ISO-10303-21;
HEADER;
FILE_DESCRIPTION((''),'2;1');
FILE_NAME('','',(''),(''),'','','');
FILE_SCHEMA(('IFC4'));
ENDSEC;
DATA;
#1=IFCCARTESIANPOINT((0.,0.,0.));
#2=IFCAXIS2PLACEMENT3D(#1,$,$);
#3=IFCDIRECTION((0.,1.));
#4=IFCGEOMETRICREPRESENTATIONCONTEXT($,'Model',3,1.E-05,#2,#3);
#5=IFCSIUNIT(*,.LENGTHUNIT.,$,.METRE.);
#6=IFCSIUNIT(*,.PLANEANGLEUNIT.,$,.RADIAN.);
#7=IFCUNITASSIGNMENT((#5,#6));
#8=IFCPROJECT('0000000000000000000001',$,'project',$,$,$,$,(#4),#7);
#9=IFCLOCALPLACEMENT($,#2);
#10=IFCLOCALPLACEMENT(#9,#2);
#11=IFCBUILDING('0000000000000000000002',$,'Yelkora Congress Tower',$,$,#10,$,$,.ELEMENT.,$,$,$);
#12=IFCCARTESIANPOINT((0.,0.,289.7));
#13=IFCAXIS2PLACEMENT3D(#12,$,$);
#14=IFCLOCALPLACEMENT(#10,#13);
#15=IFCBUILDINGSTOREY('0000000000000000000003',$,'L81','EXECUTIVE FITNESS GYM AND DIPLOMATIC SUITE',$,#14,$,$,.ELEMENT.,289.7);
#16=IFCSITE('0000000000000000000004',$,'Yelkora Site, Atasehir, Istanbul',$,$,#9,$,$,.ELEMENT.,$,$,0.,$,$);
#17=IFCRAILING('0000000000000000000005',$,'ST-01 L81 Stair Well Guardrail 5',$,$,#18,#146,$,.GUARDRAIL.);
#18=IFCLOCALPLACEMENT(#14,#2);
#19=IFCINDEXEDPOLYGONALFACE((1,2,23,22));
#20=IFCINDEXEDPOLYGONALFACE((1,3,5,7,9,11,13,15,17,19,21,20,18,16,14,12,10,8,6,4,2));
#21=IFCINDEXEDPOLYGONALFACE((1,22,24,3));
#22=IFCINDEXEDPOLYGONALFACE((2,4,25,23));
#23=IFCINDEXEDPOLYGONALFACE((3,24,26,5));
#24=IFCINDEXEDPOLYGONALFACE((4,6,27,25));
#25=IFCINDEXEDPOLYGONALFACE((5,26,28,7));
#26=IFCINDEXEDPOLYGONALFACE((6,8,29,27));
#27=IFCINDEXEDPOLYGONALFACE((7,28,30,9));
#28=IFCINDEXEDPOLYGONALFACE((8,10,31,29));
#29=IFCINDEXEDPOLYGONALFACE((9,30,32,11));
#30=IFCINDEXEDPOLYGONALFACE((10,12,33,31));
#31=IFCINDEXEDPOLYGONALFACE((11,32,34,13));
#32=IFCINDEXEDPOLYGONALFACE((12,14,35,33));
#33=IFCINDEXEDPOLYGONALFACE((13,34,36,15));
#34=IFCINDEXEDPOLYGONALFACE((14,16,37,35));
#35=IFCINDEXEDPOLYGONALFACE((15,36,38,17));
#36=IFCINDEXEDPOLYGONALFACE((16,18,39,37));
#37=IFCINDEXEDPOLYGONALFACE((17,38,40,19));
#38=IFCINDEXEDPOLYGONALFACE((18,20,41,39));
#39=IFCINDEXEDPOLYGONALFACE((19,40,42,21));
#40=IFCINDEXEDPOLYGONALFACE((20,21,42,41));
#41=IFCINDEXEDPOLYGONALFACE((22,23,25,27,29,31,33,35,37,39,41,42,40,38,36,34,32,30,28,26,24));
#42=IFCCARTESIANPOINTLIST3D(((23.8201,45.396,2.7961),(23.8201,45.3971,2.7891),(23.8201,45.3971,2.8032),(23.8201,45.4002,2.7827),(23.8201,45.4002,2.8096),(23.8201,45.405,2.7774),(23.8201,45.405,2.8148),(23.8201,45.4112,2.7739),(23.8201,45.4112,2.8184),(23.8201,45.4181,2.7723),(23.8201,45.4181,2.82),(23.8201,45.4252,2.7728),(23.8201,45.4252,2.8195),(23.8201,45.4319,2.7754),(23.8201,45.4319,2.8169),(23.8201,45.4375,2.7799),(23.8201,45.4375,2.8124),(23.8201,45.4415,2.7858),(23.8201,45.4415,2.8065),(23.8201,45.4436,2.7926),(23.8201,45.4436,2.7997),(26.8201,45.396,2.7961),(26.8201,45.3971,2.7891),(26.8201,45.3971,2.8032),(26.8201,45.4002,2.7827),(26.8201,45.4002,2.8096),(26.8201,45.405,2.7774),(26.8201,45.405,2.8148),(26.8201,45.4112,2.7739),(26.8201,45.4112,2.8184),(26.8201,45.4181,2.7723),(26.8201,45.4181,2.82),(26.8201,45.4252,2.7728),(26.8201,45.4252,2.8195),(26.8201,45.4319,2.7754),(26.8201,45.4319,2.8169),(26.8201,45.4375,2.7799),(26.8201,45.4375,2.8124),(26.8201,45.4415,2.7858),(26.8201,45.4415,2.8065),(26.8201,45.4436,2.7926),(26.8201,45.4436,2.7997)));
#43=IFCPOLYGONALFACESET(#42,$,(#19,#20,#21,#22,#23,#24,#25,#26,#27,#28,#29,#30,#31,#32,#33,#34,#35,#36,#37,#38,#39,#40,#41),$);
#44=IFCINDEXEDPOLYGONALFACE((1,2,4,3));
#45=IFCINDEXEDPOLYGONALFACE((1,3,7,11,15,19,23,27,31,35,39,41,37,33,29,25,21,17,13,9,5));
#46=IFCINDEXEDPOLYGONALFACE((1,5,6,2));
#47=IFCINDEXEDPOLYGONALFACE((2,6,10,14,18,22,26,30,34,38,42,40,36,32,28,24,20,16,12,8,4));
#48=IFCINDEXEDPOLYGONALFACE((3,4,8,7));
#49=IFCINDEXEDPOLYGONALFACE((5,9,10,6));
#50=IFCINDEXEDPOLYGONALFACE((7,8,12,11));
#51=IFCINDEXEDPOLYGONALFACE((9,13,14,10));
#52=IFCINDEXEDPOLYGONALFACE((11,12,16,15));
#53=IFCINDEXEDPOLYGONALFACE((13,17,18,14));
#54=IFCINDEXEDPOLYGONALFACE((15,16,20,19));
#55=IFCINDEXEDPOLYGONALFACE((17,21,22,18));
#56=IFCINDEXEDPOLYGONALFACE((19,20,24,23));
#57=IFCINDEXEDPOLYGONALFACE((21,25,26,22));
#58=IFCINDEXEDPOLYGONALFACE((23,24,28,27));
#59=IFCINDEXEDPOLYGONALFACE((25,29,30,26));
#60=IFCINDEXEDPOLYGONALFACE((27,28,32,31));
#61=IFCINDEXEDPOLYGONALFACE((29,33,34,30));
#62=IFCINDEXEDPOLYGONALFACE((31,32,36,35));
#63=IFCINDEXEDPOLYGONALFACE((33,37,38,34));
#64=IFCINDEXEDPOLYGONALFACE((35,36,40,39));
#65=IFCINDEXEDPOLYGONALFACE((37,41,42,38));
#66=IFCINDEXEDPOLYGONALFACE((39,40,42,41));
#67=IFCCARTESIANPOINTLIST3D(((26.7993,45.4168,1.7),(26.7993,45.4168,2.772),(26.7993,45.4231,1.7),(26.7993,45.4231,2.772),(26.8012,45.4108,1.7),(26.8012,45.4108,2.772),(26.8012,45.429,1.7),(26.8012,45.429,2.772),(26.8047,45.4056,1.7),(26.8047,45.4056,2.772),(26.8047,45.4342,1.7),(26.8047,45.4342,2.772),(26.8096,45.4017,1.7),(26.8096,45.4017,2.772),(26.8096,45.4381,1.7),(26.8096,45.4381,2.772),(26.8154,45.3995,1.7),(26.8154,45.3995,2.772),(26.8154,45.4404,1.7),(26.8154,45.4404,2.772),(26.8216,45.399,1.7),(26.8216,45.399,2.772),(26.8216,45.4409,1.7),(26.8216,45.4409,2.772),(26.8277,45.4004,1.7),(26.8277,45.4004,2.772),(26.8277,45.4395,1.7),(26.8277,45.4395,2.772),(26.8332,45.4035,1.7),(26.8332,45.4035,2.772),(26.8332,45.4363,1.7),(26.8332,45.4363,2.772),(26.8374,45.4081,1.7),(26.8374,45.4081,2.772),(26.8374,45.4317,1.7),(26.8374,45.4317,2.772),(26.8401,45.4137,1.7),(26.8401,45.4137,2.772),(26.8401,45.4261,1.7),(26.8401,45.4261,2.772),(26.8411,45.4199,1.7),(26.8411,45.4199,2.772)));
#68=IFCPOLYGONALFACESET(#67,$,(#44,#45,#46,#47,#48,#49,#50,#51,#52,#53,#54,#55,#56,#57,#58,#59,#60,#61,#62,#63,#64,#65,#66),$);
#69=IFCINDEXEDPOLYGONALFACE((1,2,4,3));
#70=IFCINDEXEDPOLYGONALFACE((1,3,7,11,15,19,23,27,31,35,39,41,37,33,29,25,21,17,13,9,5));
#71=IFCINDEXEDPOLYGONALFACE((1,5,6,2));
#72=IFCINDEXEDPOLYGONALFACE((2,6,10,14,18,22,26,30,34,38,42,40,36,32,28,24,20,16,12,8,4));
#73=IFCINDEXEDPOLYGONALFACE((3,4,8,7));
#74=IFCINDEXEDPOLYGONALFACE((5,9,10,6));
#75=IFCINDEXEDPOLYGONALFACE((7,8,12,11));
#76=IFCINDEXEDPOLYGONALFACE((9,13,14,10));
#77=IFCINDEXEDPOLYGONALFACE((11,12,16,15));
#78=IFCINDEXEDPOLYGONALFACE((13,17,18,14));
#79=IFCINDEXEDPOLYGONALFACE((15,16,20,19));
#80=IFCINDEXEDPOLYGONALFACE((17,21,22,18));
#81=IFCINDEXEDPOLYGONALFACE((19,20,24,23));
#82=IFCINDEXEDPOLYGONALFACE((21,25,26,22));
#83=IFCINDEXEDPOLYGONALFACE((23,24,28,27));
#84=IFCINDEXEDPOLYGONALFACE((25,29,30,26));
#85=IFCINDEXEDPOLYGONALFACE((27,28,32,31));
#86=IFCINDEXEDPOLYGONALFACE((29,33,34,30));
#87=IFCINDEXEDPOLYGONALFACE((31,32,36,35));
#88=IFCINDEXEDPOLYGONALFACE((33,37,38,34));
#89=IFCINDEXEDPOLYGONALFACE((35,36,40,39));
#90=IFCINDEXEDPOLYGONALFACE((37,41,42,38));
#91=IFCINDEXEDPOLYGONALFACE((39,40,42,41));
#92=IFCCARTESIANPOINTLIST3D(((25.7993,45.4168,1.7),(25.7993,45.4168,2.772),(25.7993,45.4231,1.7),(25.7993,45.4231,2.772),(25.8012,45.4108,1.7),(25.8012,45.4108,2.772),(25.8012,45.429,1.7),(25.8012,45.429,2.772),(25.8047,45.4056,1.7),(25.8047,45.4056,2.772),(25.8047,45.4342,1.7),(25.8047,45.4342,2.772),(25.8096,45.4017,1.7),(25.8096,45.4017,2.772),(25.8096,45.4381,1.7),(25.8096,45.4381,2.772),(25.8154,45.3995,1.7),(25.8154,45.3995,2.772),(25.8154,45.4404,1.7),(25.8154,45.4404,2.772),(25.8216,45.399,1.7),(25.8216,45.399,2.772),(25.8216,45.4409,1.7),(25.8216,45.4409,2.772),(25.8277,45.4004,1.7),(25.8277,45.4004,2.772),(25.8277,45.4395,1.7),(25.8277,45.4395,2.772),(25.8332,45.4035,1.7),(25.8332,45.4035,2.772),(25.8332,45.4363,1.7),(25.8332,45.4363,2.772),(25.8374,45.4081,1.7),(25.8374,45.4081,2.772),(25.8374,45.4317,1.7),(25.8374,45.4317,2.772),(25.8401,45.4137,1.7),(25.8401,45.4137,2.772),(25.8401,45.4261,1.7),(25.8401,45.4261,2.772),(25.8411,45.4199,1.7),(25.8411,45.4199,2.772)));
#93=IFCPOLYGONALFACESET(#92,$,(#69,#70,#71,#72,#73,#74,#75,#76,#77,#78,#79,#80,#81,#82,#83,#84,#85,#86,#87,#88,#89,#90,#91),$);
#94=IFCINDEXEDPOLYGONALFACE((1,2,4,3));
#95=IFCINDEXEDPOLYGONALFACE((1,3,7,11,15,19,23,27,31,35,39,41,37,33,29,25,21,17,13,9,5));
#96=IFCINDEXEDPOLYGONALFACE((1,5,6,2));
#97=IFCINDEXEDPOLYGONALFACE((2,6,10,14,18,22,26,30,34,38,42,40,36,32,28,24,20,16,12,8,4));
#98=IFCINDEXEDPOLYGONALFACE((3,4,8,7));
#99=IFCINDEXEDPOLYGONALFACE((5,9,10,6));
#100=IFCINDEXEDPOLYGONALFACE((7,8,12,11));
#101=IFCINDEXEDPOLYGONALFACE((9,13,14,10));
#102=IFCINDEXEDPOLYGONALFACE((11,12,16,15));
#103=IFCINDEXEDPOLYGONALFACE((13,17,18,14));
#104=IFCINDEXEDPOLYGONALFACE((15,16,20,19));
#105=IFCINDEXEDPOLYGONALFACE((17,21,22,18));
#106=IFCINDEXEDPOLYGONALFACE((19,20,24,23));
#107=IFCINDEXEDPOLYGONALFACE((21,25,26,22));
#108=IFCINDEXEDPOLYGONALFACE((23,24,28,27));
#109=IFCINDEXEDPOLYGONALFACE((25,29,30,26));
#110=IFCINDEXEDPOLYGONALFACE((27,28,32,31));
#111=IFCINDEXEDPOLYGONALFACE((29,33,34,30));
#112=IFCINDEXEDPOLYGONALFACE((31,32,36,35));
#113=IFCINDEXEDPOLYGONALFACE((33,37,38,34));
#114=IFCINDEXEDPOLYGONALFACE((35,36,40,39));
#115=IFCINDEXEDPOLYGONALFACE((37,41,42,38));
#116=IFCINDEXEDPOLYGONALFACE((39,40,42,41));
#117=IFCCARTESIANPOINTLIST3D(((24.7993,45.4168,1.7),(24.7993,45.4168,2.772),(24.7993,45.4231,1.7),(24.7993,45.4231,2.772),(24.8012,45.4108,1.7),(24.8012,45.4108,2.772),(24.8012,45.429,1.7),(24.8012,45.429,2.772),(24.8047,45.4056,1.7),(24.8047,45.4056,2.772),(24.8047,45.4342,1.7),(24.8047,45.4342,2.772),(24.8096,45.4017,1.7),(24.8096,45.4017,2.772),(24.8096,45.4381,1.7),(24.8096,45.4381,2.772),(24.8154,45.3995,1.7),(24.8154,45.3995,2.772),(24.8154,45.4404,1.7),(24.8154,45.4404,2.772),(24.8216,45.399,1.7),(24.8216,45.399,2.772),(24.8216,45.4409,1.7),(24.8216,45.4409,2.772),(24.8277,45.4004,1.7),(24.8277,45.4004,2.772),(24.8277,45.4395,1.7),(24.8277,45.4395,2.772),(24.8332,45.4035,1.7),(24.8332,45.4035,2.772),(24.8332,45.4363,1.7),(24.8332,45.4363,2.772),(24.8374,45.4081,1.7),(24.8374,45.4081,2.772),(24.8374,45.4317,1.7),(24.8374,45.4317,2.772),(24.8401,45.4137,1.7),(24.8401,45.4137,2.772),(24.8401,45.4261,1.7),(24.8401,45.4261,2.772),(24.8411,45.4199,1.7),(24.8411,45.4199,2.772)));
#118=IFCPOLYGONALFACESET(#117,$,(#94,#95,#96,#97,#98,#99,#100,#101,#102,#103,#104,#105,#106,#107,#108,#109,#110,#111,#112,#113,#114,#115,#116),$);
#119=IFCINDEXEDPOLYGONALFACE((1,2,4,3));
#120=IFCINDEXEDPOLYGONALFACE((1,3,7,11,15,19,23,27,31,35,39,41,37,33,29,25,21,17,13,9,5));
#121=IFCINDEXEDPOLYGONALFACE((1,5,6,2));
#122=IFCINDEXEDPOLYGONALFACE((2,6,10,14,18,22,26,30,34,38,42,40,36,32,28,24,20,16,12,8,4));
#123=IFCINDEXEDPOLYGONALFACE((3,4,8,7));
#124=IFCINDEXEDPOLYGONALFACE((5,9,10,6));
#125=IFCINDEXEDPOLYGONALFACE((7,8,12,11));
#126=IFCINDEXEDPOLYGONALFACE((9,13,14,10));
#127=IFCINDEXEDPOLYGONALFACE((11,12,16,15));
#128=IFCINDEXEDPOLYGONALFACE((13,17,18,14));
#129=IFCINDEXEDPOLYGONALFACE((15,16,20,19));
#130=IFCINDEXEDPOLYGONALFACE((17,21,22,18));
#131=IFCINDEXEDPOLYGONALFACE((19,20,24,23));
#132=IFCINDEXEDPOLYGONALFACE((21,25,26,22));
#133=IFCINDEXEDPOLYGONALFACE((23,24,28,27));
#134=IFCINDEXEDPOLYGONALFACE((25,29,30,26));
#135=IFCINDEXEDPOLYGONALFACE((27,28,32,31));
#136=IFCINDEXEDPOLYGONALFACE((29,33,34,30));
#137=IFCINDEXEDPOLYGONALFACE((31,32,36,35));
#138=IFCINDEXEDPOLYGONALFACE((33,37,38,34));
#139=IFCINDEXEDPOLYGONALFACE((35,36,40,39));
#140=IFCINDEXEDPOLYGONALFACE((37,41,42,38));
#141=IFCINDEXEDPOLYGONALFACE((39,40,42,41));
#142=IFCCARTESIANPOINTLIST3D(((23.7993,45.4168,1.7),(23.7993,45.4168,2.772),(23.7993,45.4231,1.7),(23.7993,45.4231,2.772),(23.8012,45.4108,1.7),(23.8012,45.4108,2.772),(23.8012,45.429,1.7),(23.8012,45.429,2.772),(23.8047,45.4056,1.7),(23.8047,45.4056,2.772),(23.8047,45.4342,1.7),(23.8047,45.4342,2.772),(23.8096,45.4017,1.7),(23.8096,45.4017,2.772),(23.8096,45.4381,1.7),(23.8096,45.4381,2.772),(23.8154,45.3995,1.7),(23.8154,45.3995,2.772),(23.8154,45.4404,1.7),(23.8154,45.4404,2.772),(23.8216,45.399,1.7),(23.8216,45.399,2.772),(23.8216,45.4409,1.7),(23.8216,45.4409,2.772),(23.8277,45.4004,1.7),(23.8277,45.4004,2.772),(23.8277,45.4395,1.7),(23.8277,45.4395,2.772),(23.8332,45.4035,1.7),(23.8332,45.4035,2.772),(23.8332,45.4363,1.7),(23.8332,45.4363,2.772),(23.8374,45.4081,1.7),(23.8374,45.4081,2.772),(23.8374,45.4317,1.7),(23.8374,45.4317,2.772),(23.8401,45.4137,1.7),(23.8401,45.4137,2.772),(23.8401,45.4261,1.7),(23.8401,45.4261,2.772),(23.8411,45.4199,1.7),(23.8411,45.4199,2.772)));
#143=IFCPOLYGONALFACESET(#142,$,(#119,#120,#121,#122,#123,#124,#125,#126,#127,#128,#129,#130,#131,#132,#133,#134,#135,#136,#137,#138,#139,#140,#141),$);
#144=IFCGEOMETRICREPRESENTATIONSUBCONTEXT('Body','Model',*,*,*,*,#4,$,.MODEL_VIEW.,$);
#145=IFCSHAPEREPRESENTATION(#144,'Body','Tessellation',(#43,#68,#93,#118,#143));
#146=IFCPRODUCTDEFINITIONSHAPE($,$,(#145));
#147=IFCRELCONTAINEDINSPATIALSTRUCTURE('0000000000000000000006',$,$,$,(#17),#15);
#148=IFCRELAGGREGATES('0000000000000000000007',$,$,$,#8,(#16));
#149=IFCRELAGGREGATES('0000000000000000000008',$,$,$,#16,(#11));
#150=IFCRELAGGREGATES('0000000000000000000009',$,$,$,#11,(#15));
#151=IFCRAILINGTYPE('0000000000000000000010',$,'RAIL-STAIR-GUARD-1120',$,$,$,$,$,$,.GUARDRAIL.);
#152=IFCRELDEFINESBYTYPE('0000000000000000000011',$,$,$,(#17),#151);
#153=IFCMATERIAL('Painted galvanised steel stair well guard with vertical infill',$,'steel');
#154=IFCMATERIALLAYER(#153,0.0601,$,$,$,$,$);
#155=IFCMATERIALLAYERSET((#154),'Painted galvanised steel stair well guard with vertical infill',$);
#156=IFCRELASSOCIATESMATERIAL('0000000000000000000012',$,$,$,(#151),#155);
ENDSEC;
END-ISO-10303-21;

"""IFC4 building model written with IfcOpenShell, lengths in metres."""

from ifc_helpers import new_model, si_unit, direction, frame, origin, origin_2d, place, context, subcontext, project, spatial, circle, extrude, material, layer, layer_set, type_object, element, save


model = new_model("IFC4")

# Units and contexts
model_context = context("Model", 3, precision=1e-05, world=origin(), true_north=direction((0.0, 1.0)))
body_context = subcontext(model_context, "Body", "Model", "MODEL_VIEW")
ifc_project = project(units=[si_unit("LENGTHUNIT", "METRE"), si_unit("PLANEANGLEUNIT", "RADIAN")], contexts=[model_context])

# Site, building, storey
site_placement = place(None, origin())
site = spatial("IfcSite", under=ifc_project, at=site_placement, Name="Yelkora Site, Atasehir, Istanbul", CompositionType="ELEMENT", RefElevation=0.0)
building_placement = place(site_placement, origin())
building = spatial("IfcBuilding", under=site, at=building_placement, Name="Yelkora Congress Tower", CompositionType="ELEMENT")
storey_placement = place(building_placement, frame((0.0, 0.0, 289.7)))
storey = spatial("IfcBuildingStorey", under=building, at=storey_placement, Name="L81", Description="EXECUTIVE FITNESS GYM AND DIPLOMATIC SUITE", CompositionType="ELEMENT", Elevation=289.7)

# Railing
ifc_material_1 = material(Name="Painted galvanised steel stair well guard with vertical infill", Category="steel")
ifc_layer_1 = layer(ifc_material_1, 0.0601)
ifc_layer_set_1 = layer_set([ifc_layer_1], Name="Painted galvanised steel stair well guard with vertical infill")
railing_type = type_object("IfcRailingType", Name="RAIL-STAIR-GUARD-1120", PredefinedType="GUARDRAIL", material=ifc_layer_set_1)
railing_1_placement = place(storey_placement, frame((26.8201, 45.4199, 1.7)))
element("IfcRailing", 1, at=railing_1_placement, inside=storey, type_object=railing_type, Name="ST-01 L81 Stair Well Guardrail 5", PredefinedType="GUARDRAIL", context=body_context, shape_type="SweptSolid", body=[
    extrude(circle(Radius=0.0239, at=origin_2d()), frame((0.0, 0.0, 1.0962), z_axis=(-1.0, 0.0, 0.0), x_axis=(0.0, -1.0, 0.0)), (0.0, 0.0, 1.0), 3.0),
    extrude(circle(Radius=0.021, at=origin_2d()), origin(), (0.0, 0.0, 1.0), 1.072),
    extrude(circle(Radius=0.021, at=origin_2d()), frame((-1.0, 0.0, 0.0)), (0.0, 0.0, 1.0), 1.072),
    extrude(circle(Radius=0.021, at=origin_2d()), frame((-2.0, 0.0, 0.0)), (0.0, 0.0, 1.0), 1.072),
    extrude(circle(Radius=0.021, at=origin_2d()), frame((-3.0, 0.0, 0.0)), (0.0, 0.0, 1.0), 1.072),
])

save(model, "model.ifc")
